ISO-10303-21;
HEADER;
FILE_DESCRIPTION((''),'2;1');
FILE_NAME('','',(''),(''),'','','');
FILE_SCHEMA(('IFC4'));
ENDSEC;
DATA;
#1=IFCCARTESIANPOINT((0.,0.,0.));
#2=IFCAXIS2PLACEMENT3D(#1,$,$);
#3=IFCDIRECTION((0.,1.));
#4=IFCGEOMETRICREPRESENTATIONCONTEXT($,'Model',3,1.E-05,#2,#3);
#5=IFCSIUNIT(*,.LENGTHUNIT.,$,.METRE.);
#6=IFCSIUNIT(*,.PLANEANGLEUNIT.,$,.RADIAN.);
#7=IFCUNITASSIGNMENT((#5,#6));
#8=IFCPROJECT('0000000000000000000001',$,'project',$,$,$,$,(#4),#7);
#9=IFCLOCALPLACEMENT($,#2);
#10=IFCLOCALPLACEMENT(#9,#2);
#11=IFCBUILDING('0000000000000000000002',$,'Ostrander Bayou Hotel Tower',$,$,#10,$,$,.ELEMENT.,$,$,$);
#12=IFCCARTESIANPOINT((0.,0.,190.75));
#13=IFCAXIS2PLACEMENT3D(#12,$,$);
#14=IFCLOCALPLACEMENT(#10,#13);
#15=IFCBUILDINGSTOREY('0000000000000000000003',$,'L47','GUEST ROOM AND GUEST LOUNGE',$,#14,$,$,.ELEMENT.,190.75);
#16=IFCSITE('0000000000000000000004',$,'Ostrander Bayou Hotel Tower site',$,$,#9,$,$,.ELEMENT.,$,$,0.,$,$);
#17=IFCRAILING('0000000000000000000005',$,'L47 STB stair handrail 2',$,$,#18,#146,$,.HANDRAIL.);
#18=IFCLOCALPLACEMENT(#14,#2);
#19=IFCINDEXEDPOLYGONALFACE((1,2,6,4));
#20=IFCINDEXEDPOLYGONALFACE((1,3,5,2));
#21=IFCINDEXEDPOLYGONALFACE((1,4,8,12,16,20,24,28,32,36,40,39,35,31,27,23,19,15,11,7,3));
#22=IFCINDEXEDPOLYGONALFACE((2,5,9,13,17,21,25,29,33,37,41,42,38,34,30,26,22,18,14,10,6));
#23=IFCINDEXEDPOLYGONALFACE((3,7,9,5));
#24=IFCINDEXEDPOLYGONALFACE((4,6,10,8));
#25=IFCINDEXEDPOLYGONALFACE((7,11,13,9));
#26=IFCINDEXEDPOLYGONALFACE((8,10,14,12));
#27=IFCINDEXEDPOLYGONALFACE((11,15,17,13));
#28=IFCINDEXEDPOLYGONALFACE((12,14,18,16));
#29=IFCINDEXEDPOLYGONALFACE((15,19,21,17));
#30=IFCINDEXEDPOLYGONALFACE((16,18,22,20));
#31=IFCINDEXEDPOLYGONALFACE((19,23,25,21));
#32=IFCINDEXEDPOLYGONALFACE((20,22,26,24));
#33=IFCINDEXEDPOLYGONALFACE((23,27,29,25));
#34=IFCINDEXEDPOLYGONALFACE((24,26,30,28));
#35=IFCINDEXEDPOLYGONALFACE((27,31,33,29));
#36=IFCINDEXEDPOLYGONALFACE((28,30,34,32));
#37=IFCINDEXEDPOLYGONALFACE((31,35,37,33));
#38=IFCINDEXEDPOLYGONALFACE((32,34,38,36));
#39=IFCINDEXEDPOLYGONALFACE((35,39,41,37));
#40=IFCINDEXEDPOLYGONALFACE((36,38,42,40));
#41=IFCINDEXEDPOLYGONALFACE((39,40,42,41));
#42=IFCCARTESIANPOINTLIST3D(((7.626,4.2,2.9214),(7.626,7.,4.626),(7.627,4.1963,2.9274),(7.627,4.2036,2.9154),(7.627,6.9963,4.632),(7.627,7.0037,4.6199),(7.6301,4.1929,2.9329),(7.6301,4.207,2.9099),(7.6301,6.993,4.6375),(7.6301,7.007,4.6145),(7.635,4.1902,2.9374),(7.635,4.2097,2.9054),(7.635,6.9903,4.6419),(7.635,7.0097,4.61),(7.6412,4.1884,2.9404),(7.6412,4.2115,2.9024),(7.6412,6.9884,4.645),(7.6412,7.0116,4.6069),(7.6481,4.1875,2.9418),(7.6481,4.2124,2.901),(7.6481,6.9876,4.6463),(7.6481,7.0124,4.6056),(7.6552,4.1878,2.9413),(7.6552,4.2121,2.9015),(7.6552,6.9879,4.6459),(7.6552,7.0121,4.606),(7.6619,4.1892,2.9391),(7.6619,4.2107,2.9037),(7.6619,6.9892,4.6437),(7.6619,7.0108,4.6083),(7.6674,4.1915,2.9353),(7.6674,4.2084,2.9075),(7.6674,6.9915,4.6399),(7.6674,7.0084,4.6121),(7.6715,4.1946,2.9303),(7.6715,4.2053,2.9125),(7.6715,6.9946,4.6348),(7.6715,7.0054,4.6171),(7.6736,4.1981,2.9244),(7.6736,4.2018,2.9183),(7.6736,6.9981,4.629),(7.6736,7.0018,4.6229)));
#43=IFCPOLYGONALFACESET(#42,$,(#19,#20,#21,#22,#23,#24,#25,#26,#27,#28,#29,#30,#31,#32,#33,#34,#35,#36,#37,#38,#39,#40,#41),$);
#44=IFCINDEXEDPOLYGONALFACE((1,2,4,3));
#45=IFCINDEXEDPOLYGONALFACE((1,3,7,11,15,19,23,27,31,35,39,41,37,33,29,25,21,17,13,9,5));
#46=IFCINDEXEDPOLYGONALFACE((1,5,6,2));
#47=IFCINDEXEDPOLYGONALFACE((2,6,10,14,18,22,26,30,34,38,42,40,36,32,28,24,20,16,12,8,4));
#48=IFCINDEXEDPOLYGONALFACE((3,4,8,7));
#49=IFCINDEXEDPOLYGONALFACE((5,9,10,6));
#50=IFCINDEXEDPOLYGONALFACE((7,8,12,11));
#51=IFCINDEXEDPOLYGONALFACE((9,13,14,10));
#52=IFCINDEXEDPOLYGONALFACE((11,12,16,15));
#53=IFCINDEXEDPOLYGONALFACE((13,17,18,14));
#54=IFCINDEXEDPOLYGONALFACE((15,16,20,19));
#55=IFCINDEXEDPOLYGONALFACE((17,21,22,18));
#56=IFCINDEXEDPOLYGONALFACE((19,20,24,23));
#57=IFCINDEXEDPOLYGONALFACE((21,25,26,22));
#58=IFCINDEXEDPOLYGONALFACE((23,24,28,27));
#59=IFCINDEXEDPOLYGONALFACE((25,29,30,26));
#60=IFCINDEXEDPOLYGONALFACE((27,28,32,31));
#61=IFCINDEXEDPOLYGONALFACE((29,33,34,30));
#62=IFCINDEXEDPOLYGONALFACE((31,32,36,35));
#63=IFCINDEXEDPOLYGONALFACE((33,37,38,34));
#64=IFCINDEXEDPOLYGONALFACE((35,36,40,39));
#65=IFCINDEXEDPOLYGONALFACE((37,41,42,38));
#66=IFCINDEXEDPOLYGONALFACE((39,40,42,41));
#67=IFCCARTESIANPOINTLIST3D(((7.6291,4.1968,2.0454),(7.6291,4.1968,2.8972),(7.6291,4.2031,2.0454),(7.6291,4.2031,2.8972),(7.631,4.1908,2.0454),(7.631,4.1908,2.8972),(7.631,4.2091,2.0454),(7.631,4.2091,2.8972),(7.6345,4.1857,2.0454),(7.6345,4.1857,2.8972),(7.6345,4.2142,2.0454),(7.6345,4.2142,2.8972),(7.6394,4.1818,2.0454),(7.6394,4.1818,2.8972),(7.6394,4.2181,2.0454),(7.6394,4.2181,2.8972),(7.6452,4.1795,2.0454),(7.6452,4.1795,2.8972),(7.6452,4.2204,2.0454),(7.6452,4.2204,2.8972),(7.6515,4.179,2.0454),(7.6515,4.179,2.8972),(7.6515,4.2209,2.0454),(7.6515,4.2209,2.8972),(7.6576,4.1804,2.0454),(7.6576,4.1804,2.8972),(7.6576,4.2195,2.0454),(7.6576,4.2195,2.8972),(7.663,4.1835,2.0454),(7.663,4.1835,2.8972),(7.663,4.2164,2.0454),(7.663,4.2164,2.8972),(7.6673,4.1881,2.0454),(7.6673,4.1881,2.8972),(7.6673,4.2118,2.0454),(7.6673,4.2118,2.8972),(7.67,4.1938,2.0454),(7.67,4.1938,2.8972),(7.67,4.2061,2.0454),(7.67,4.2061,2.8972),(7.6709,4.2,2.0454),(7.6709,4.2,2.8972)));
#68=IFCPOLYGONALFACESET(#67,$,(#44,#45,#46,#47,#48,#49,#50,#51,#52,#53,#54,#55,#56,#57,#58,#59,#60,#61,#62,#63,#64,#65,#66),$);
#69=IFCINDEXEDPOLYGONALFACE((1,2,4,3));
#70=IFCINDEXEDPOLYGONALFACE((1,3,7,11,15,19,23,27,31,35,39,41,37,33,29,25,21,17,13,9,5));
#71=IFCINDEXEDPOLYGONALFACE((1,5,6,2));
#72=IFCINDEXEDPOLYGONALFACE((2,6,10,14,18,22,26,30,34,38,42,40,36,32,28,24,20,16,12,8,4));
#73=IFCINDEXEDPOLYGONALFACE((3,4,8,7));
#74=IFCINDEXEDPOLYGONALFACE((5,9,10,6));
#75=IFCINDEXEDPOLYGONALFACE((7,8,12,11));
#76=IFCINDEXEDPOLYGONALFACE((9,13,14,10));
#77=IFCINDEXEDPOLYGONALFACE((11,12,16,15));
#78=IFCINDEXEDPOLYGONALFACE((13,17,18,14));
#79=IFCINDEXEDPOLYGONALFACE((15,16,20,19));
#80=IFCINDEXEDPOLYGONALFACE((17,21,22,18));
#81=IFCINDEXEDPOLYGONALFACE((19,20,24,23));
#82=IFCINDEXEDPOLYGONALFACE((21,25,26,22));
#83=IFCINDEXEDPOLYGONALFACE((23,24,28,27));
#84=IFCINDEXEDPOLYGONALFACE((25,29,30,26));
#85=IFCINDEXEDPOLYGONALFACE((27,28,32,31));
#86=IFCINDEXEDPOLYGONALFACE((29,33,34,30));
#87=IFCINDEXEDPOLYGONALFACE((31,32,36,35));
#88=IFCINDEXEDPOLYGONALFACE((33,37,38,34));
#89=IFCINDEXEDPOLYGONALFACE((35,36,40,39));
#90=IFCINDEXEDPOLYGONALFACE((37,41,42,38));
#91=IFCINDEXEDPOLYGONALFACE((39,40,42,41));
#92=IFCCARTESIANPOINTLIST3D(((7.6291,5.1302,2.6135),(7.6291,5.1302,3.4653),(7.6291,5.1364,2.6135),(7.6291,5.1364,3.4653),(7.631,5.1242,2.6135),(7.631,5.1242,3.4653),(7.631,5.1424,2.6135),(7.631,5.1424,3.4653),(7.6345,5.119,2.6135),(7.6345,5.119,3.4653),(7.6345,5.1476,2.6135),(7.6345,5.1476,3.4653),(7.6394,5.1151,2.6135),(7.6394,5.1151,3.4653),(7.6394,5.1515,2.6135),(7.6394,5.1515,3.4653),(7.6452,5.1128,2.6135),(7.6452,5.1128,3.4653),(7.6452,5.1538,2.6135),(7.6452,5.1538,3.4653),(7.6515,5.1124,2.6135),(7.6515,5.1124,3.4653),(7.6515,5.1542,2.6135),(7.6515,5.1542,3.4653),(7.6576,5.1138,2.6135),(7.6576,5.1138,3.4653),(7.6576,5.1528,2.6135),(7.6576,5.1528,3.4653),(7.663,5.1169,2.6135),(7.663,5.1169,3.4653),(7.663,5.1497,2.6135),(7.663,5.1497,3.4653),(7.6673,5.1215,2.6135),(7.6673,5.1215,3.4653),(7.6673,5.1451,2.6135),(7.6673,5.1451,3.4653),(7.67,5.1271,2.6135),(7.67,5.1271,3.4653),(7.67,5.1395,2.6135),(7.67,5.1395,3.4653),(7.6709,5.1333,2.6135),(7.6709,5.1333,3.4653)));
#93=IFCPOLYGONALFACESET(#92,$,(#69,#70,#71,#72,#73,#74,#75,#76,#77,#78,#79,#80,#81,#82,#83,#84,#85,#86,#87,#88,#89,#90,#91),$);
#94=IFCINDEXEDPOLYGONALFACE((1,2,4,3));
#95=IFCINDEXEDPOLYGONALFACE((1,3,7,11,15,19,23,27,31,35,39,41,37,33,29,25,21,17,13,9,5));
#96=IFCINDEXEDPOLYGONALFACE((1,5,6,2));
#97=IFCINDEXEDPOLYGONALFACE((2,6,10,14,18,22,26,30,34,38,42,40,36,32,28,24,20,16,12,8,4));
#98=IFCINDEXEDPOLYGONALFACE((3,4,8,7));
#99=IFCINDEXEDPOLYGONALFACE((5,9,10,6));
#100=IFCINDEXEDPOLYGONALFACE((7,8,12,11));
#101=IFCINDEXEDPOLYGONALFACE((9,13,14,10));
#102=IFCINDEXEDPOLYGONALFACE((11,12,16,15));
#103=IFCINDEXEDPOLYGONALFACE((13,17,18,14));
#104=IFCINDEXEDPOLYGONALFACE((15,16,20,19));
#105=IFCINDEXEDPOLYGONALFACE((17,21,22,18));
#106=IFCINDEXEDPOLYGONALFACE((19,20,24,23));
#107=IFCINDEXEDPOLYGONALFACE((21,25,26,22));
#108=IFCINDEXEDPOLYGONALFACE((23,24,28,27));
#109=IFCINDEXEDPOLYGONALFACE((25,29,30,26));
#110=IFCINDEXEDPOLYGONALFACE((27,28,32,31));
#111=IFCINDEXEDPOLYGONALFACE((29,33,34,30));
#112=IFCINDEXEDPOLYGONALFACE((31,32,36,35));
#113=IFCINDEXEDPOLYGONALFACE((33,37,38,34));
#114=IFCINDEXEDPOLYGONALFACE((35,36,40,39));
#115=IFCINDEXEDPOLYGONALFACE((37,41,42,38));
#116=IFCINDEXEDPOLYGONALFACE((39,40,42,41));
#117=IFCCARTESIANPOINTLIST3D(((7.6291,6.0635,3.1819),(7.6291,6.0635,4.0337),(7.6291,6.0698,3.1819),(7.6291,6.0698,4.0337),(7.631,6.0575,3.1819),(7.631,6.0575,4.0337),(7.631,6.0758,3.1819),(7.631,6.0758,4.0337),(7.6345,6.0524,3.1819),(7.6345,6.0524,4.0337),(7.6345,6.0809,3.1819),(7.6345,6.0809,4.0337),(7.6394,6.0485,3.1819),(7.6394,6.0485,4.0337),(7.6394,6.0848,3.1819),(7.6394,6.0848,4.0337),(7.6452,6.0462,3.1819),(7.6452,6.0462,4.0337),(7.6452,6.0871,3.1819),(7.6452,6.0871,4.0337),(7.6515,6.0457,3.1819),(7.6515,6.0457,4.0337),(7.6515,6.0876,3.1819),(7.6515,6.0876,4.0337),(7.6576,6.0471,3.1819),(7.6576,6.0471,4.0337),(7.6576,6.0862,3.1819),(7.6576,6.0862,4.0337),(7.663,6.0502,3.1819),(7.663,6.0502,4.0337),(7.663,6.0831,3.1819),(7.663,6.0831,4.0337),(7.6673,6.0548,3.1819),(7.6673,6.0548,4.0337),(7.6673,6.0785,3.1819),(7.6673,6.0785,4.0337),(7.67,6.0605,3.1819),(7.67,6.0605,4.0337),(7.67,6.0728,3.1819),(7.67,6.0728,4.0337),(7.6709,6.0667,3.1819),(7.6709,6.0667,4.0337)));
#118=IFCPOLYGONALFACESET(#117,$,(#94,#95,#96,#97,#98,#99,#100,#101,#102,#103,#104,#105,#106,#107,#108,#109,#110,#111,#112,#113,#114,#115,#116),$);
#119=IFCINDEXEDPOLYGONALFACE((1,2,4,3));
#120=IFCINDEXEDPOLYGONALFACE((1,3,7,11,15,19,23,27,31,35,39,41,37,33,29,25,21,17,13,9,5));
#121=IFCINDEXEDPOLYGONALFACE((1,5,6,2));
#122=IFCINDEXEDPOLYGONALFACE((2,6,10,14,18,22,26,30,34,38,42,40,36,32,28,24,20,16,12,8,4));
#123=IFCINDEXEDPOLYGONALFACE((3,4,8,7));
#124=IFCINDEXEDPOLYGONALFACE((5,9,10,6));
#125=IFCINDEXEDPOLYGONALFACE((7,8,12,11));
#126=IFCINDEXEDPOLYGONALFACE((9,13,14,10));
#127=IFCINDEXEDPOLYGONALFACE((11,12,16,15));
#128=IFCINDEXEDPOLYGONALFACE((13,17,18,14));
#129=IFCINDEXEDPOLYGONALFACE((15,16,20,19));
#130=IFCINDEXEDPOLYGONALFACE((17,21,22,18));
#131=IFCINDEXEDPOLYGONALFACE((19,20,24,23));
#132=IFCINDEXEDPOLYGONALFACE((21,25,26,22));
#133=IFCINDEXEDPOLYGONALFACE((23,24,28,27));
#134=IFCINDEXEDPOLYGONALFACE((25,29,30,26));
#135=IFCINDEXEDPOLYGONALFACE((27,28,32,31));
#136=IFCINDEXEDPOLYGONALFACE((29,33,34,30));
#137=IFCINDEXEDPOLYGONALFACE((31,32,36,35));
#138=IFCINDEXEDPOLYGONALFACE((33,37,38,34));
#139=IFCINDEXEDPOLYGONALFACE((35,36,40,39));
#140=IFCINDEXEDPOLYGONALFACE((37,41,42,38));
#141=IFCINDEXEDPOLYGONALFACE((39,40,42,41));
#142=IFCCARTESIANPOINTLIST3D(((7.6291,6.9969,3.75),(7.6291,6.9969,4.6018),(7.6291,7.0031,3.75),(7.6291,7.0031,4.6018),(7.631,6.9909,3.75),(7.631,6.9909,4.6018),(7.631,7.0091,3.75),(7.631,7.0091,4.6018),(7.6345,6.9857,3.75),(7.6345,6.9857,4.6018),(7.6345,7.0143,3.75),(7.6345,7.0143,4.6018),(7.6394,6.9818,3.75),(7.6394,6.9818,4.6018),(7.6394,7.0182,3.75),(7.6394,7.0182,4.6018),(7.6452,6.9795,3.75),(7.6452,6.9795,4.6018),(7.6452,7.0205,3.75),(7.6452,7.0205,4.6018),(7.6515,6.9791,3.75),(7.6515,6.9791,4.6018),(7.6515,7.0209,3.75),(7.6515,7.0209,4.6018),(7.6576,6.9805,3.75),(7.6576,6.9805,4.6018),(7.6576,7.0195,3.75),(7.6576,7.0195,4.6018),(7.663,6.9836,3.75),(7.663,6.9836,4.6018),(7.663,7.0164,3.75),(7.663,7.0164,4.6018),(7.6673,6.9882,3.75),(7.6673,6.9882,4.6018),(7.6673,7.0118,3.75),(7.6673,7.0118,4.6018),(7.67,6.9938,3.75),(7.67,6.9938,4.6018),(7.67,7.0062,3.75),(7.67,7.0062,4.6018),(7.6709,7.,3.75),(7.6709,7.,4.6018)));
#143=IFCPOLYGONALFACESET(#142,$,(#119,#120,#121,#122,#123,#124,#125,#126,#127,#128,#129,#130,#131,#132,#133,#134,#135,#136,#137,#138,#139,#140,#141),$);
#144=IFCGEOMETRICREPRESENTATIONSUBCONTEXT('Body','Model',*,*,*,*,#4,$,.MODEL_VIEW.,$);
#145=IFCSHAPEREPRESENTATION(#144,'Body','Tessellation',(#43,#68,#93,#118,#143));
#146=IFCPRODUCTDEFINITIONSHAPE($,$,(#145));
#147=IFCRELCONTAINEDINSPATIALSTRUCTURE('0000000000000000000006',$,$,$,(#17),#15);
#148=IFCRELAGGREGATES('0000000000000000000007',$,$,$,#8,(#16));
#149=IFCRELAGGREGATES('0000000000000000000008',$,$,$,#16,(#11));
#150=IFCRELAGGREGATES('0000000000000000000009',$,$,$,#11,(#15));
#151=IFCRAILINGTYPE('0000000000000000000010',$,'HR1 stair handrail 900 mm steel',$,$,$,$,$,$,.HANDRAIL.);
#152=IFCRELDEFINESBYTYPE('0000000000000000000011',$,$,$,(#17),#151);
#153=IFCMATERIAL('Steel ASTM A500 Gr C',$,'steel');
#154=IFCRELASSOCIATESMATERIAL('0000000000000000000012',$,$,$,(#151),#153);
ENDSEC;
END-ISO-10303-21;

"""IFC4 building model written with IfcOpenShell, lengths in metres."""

from ifc_helpers import new_model, si_unit, direction, frame, origin, origin_2d, place, context, subcontext, project, spatial, circle, extrude, material, type_object, element, save


model = new_model("IFC4")

# Units and contexts
model_context = context("Model", 3, precision=1e-05, world=origin(), true_north=direction((0.0, 1.0)))
body_context = subcontext(model_context, "Body", "Model", "MODEL_VIEW")
ifc_project = project(units=[si_unit("LENGTHUNIT", "METRE"), si_unit("PLANEANGLEUNIT", "RADIAN")], contexts=[model_context])

# Site, building, storey
site_placement = place(None, origin())
site = spatial("IfcSite", under=ifc_project, at=site_placement, Name="Ostrander Bayou Hotel Tower site", CompositionType="ELEMENT", RefElevation=0.0)
building_placement = place(site_placement, origin())
building = spatial("IfcBuilding", under=site, at=building_placement, Name="Ostrander Bayou Hotel Tower", CompositionType="ELEMENT")
storey_placement = place(building_placement, frame((0.0, 0.0, 190.75)))
storey = spatial("IfcBuildingStorey", under=building, at=storey_placement, Name="L47", Description="GUEST ROOM AND GUEST LOUNGE", CompositionType="ELEMENT", Elevation=190.75)

# Railing
ifc_material_1 = material(Name="Steel ASTM A500 Gr C", Category="steel")
railing_type_1 = type_object("IfcRailingType", Name="HR1 stair handrail 900 mm steel", PredefinedType="HANDRAIL", material=ifc_material_1)
railing_1_placement = place(storey_placement, frame((7.6499, 4.2, 2.0454)))
element("IfcRailing", 1, at=railing_1_placement, inside=storey, type_object=railing_type_1, Name="L47 STB stair handrail 2", PredefinedType="HANDRAIL", context=body_context, shape_type="SweptSolid", body=[
    extrude(circle(Radius=0.0239, at=origin_2d()), frame((0.0, 0.0, 0.876), z_axis=(0.0, 0.85417, 0.519994), x_axis=(-1.0, 0.0, 0.0)), (0.0, 0.0, 1.0), 3.2781),
    extrude(circle(Radius=0.021, at=origin_2d()), origin(), (0.0, 0.0, 1.0), 0.8518),
    extrude(circle(Radius=0.021, at=origin_2d()), frame((0.0, 0.9333, 0.5681)), (0.0, 0.0, 1.0), 0.8518),
    extrude(circle(Radius=0.021, at=origin_2d()), frame((0.0, 1.8667, 1.1365)), (0.0, 0.0, 1.0), 0.8518),
    extrude(circle(Radius=0.021, at=origin_2d()), frame((0.0, 2.8, 1.7046)), (0.0, 0.0, 1.0), 0.8518),
])

save(model, "model.ifc")
